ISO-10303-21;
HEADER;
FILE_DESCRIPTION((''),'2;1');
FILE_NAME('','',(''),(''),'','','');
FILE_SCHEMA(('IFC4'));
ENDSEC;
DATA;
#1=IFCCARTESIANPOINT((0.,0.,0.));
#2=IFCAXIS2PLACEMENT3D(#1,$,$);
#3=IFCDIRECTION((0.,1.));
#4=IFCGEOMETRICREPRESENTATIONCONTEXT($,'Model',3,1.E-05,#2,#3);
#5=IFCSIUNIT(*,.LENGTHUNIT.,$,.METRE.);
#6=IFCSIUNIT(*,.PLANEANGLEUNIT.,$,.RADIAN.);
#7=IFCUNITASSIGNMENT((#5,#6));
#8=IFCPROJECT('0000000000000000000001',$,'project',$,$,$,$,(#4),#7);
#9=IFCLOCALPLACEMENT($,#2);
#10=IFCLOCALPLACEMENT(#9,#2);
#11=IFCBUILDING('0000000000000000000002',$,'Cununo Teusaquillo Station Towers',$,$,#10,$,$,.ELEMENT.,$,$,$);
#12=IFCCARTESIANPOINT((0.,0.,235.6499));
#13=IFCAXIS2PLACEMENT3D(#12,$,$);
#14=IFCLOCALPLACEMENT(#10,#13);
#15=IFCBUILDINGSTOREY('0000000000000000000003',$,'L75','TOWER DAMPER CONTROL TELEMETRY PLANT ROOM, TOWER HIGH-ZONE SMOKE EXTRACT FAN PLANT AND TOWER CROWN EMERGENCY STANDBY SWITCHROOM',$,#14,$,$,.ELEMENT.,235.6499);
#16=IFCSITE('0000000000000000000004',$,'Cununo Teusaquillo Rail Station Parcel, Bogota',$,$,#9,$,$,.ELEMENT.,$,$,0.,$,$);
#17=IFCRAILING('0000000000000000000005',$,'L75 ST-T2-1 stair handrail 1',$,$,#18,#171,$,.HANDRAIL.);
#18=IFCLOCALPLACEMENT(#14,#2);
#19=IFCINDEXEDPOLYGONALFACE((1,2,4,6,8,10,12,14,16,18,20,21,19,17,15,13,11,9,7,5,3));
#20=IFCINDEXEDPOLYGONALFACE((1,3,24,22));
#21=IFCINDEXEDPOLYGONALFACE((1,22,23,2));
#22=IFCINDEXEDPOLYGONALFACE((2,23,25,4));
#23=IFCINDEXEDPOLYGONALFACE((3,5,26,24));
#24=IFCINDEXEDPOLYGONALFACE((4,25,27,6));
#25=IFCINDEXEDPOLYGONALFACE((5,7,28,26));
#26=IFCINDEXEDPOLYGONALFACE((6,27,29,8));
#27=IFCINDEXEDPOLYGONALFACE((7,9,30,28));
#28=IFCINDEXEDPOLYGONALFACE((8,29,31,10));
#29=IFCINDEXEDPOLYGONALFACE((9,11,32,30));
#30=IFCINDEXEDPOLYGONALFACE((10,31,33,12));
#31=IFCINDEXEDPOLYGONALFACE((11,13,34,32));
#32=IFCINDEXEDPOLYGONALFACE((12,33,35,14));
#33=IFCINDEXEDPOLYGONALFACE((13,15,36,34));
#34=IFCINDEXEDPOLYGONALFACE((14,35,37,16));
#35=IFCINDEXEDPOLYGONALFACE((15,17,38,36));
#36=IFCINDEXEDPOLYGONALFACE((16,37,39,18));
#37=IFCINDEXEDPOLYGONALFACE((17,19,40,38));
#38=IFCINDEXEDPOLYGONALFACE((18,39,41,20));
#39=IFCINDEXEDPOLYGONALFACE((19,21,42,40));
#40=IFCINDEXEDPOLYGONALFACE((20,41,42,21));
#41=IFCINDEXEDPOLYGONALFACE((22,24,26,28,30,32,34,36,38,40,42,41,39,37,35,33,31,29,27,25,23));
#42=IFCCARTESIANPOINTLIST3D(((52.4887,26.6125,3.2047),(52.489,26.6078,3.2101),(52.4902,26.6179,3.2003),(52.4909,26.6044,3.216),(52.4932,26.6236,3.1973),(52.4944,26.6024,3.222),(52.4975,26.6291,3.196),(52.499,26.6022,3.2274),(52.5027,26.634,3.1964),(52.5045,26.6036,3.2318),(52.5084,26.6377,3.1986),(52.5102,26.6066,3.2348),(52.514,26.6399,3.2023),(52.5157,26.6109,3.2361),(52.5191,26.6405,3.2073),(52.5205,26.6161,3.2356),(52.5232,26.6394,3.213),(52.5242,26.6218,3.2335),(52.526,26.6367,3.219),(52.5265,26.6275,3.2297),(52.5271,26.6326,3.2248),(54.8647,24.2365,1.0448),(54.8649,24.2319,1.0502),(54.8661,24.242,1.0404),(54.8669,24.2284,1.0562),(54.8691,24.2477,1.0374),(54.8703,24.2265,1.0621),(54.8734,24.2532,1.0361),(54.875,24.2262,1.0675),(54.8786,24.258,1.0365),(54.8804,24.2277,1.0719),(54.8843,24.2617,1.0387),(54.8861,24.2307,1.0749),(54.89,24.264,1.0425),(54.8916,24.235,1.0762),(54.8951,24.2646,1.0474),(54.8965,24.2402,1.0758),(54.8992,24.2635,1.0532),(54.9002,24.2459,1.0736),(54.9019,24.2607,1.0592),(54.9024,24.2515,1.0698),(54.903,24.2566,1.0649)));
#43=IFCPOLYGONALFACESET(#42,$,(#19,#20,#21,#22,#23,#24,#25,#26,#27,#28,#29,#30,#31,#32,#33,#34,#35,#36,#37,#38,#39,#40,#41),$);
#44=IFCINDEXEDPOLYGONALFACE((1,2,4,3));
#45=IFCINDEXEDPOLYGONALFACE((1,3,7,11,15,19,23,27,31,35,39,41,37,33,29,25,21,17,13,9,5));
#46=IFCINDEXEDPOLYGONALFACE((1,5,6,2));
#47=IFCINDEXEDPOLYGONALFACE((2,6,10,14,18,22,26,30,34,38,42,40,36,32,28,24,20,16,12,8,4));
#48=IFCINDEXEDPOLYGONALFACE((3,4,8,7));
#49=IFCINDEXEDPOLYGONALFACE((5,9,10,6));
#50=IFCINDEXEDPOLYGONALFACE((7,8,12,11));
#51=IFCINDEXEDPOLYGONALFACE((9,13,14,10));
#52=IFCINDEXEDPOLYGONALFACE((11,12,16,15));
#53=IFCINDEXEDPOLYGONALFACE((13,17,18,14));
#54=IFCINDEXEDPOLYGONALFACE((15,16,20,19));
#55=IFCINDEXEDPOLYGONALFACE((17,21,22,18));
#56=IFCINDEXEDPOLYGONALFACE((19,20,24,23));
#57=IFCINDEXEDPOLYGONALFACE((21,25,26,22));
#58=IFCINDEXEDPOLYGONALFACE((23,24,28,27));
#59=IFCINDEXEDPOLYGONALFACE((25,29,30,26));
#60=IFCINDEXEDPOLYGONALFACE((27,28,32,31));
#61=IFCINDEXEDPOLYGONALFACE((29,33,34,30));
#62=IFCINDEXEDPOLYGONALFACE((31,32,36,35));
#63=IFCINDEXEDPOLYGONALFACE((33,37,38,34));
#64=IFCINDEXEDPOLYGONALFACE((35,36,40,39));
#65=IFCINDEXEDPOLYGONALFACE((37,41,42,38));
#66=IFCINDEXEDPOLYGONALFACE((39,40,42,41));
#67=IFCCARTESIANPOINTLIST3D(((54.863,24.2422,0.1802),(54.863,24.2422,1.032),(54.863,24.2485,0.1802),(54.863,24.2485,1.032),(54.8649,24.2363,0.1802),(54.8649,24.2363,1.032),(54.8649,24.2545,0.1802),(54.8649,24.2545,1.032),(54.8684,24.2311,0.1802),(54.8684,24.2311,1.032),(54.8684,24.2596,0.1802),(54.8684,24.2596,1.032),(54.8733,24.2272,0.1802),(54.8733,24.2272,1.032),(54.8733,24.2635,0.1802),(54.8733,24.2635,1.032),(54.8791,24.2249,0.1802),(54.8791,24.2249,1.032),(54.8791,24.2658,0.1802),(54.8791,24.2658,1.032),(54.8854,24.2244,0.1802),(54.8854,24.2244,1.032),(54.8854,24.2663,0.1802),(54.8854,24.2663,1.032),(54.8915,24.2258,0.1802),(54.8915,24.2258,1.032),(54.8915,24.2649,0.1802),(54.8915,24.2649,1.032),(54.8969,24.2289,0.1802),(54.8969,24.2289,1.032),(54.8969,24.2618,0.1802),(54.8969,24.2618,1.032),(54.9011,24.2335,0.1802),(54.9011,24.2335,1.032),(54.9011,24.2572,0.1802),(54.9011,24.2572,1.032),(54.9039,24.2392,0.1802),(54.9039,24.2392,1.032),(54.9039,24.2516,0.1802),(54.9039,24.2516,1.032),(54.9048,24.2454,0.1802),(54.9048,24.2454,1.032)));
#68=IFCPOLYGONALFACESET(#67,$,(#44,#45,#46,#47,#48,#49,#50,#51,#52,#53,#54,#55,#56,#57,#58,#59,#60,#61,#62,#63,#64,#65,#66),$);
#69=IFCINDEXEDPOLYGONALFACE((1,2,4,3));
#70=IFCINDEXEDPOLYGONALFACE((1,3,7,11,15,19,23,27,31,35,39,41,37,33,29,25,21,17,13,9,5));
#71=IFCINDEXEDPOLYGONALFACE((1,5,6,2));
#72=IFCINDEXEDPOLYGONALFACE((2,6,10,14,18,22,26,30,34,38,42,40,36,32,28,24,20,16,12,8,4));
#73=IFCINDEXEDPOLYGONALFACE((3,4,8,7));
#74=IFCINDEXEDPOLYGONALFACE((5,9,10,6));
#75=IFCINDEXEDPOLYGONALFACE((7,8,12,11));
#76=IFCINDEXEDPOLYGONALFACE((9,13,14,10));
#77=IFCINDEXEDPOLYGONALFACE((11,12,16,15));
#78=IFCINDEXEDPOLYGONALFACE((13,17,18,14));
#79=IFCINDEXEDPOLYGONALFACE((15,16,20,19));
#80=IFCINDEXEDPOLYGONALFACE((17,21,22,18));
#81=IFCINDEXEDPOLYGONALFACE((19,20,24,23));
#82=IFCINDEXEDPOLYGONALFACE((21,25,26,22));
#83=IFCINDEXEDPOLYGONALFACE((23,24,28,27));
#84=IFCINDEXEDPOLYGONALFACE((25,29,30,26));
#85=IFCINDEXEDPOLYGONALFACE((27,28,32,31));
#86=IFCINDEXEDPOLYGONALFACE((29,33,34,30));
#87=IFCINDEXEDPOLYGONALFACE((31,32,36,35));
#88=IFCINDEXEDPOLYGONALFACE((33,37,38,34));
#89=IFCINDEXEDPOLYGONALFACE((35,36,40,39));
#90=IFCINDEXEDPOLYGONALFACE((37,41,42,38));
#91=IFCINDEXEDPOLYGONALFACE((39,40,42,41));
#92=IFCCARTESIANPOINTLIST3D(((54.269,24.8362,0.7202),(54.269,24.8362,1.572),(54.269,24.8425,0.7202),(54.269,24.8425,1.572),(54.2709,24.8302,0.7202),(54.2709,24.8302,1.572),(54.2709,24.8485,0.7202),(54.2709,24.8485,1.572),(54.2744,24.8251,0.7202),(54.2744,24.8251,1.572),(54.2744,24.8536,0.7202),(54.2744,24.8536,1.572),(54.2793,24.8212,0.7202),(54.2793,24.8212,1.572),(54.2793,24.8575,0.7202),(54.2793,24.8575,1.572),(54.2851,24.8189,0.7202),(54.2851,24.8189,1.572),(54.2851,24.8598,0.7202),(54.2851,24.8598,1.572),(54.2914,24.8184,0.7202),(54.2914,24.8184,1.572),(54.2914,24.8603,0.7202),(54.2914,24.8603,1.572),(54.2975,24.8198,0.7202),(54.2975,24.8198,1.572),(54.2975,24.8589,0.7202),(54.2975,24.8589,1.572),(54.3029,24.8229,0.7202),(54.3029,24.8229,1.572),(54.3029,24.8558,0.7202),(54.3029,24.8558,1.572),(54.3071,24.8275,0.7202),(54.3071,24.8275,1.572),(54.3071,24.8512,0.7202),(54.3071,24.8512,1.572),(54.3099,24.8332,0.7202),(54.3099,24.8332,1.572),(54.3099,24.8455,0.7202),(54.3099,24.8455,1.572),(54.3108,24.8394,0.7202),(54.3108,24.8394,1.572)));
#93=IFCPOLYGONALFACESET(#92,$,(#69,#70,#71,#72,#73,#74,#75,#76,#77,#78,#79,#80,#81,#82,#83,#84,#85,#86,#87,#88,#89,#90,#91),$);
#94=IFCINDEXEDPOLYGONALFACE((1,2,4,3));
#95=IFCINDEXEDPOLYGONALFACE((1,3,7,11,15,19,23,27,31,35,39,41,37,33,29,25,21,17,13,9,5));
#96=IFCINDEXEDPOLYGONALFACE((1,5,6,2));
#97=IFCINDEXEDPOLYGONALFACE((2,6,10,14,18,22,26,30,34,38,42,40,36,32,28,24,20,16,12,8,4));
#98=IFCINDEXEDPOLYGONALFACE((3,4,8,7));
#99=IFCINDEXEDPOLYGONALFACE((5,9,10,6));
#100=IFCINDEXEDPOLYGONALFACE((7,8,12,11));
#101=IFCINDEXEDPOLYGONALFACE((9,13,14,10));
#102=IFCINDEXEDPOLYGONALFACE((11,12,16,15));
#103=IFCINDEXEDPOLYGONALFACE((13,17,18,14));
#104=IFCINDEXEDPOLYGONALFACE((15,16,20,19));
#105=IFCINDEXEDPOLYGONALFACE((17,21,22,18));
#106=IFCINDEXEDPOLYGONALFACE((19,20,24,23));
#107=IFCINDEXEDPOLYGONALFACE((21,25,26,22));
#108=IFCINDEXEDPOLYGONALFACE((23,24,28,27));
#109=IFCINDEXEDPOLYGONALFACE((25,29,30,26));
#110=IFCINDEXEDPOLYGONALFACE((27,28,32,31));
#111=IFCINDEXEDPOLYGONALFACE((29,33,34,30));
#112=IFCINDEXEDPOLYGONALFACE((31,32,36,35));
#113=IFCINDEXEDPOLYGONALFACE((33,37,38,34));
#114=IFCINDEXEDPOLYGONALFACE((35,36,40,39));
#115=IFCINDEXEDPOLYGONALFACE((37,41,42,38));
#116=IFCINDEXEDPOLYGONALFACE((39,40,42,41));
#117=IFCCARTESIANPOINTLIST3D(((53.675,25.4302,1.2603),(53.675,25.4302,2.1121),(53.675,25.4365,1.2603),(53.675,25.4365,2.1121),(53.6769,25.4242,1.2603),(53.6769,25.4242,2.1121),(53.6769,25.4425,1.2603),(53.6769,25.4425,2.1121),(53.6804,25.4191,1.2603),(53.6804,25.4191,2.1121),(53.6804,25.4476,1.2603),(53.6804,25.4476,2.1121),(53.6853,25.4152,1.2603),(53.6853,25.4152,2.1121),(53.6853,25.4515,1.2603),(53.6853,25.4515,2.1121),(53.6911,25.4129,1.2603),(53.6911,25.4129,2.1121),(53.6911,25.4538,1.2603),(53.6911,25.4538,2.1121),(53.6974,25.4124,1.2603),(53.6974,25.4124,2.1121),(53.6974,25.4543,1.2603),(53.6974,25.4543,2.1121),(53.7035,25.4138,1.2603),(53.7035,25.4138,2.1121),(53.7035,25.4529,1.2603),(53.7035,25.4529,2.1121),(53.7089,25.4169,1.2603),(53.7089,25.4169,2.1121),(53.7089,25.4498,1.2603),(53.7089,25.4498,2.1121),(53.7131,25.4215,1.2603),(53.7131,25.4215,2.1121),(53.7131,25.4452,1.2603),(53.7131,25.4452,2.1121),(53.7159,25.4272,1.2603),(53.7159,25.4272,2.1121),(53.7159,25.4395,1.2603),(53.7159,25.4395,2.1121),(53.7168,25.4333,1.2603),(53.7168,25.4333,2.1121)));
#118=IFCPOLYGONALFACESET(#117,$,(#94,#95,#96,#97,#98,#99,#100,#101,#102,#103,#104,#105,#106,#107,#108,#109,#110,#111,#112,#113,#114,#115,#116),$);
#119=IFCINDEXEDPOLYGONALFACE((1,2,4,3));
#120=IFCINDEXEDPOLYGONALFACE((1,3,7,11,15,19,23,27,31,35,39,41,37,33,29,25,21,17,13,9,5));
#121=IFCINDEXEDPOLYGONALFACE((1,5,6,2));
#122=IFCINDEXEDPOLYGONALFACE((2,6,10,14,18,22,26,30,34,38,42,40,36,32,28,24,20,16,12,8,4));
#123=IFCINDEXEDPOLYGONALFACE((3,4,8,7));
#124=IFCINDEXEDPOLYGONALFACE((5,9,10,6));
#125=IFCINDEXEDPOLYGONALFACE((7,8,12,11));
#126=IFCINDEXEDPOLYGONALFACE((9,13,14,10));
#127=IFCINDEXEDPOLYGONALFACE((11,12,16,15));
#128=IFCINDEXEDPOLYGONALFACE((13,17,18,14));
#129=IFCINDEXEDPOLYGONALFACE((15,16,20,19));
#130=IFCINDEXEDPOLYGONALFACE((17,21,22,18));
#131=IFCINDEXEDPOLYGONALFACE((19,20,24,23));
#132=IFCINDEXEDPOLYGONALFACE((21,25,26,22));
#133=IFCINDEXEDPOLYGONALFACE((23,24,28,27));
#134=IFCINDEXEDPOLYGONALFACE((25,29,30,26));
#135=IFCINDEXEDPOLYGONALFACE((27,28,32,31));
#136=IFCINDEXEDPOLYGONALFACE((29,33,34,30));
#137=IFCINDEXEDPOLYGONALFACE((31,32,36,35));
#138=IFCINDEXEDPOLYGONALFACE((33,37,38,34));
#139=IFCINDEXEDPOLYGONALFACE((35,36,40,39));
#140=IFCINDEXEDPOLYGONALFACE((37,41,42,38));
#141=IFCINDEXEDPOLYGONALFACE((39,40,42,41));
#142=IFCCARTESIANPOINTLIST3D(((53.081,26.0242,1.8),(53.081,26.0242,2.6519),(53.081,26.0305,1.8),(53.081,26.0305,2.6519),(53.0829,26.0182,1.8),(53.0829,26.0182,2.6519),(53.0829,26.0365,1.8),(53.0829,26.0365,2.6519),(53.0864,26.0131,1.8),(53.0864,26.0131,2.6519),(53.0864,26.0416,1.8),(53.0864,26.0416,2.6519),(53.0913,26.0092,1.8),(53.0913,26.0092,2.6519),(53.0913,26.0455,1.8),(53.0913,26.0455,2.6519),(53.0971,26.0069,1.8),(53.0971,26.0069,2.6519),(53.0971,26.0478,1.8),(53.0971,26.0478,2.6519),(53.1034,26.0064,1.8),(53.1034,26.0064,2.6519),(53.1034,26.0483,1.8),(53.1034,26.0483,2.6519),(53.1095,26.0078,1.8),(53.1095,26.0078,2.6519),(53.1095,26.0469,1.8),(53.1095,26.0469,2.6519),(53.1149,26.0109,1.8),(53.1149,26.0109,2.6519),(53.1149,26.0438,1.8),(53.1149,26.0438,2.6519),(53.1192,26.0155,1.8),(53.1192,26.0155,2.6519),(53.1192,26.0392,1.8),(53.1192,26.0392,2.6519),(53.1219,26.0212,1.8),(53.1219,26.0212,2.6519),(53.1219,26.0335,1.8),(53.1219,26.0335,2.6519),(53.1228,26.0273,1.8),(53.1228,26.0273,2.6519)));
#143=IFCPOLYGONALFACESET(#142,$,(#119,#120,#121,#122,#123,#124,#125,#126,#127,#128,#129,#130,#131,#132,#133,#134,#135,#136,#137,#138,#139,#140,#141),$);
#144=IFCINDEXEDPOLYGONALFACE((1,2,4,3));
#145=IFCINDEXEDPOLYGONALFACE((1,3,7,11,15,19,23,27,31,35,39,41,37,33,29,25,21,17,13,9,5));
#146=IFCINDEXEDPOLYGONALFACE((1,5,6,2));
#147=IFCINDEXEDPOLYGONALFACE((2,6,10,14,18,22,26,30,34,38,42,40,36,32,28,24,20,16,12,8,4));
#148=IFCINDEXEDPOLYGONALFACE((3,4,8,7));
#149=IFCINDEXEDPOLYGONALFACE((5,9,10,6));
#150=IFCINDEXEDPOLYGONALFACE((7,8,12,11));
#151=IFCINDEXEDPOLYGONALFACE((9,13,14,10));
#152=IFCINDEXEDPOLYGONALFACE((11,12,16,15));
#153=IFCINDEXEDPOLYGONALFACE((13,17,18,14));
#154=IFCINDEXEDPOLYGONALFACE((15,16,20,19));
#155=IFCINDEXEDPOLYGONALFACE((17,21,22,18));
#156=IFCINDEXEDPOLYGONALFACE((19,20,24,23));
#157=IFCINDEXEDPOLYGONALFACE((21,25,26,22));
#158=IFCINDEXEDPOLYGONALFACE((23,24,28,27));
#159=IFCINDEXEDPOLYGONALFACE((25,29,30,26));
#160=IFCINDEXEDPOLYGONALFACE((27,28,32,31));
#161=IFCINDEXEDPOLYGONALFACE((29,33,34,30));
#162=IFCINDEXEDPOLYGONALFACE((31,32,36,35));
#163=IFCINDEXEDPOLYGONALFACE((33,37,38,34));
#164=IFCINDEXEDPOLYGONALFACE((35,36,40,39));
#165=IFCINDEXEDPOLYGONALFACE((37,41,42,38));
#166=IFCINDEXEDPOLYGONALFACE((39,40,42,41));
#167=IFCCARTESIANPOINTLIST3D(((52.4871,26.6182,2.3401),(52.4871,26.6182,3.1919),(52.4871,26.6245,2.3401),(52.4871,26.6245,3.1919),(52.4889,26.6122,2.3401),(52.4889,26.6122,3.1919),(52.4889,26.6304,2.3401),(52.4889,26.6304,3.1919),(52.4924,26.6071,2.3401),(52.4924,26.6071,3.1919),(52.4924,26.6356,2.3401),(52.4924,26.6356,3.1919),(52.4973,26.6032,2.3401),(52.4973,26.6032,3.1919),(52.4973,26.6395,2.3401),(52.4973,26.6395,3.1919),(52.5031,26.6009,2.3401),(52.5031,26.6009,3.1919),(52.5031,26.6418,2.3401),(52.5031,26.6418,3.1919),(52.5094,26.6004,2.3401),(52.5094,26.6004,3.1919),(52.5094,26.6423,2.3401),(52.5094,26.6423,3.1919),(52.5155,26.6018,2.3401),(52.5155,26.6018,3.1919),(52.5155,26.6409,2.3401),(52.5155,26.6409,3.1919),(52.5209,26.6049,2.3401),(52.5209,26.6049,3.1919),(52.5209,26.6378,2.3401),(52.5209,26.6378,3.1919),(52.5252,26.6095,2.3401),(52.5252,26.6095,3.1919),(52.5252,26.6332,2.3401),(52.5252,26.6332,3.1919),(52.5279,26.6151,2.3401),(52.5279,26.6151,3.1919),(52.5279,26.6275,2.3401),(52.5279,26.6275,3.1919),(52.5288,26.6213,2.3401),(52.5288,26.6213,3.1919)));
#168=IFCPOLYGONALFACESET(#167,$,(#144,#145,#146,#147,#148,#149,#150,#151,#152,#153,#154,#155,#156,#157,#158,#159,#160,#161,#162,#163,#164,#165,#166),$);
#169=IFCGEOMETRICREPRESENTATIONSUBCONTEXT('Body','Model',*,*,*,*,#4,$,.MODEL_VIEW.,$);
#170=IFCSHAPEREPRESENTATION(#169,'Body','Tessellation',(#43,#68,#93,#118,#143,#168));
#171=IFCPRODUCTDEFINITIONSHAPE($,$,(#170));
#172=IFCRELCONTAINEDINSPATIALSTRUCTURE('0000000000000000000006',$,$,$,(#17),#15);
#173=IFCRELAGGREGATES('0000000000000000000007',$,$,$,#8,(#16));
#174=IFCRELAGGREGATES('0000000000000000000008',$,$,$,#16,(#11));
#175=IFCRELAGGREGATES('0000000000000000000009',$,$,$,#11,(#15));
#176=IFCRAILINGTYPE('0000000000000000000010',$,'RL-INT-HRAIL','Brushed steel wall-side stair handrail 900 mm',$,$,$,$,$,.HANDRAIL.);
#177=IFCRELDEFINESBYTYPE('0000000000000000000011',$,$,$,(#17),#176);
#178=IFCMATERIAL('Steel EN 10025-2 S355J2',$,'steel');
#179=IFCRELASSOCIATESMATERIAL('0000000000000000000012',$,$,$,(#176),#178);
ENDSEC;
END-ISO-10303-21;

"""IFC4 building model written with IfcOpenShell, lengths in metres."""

from ifc_helpers import new_model, si_unit, direction, frame, origin, origin_2d, place, context, subcontext, project, spatial, circle, extrude, material, type_object, element, save


model = new_model("IFC4")

# Units and contexts
model_context = context("Model", 3, precision=1e-05, world=origin(), true_north=direction((0.0, 1.0)))
body_context = subcontext(model_context, "Body", "Model", "MODEL_VIEW")
ifc_project = project(units=[si_unit("LENGTHUNIT", "METRE"), si_unit("PLANEANGLEUNIT", "RADIAN")], contexts=[model_context])

# Site, building, storey
site_placement = place(None, origin())
site = spatial("IfcSite", under=ifc_project, at=site_placement, Name="Cununo Teusaquillo Rail Station Parcel, Bogota", CompositionType="ELEMENT", RefElevation=0.0)
building_placement = place(site_placement, origin())
building = spatial("IfcBuilding", under=site, at=building_placement, Name="Cununo Teusaquillo Station Towers", CompositionType="ELEMENT")
storey_placement = place(building_placement, frame((0.0, 0.0, 235.6499)))
storey = spatial("IfcBuildingStorey", under=building, at=storey_placement, Name="L75", Description="TOWER DAMPER CONTROL TELEMETRY PLANT ROOM, TOWER HIGH-ZONE SMOKE EXTRACT FAN PLANT AND TOWER CROWN EMERGENCY STANDBY SWITCHROOM", CompositionType="ELEMENT", Elevation=235.6499)

# Railing
ifc_material_1 = material(Name="Steel EN 10025-2 S355J2", Category="steel")
railing_type_1 = type_object("IfcRailingType", Name="RL-INT-HRAIL", Description="Brushed steel wall-side stair handrail 900 mm", PredefinedType="HANDRAIL", material=ifc_material_1)
railing_1_placement = place(storey_placement, frame((54.8838, 24.2454, 0.1802)))
element("IfcRailing", 1, at=railing_1_placement, inside=storey, type_object=railing_type_1, Name="L75 ST-T2-1 stair handrail 1", PredefinedType="HANDRAIL", context=body_context, shape_type="SweptSolid", body=[
    extrude(circle(Radius=0.0239, at=origin_2d()), frame((0.0, 0.0, 0.876), z_axis=(-0.594817, 0.594817, 0.540726), x_axis=(-0.707107, -0.707107, 0.0)), (0.0, 0.0, 1.0), 3.9944),
    extrude(circle(Radius=0.021, at=origin_2d()), origin(), (0.0, 0.0, 1.0), 0.8518),
    extrude(circle(Radius=0.021, at=origin_2d()), frame((-0.594, 0.594, 0.54)), (0.0, 0.0, 1.0), 0.8518),
    extrude(circle(Radius=0.021, at=origin_2d()), frame((-1.188, 1.188, 1.0801)), (0.0, 0.0, 1.0), 0.8518),
    extrude(circle(Radius=0.021, at=origin_2d()), frame((-1.782, 1.782, 1.6199)), (0.0, 0.0, 1.0), 0.8518),
    extrude(circle(Radius=0.021, at=origin_2d()), frame((-2.376, 2.376, 2.1599)), (0.0, 0.0, 1.0), 0.8518),
])

save(model, "model.ifc")
